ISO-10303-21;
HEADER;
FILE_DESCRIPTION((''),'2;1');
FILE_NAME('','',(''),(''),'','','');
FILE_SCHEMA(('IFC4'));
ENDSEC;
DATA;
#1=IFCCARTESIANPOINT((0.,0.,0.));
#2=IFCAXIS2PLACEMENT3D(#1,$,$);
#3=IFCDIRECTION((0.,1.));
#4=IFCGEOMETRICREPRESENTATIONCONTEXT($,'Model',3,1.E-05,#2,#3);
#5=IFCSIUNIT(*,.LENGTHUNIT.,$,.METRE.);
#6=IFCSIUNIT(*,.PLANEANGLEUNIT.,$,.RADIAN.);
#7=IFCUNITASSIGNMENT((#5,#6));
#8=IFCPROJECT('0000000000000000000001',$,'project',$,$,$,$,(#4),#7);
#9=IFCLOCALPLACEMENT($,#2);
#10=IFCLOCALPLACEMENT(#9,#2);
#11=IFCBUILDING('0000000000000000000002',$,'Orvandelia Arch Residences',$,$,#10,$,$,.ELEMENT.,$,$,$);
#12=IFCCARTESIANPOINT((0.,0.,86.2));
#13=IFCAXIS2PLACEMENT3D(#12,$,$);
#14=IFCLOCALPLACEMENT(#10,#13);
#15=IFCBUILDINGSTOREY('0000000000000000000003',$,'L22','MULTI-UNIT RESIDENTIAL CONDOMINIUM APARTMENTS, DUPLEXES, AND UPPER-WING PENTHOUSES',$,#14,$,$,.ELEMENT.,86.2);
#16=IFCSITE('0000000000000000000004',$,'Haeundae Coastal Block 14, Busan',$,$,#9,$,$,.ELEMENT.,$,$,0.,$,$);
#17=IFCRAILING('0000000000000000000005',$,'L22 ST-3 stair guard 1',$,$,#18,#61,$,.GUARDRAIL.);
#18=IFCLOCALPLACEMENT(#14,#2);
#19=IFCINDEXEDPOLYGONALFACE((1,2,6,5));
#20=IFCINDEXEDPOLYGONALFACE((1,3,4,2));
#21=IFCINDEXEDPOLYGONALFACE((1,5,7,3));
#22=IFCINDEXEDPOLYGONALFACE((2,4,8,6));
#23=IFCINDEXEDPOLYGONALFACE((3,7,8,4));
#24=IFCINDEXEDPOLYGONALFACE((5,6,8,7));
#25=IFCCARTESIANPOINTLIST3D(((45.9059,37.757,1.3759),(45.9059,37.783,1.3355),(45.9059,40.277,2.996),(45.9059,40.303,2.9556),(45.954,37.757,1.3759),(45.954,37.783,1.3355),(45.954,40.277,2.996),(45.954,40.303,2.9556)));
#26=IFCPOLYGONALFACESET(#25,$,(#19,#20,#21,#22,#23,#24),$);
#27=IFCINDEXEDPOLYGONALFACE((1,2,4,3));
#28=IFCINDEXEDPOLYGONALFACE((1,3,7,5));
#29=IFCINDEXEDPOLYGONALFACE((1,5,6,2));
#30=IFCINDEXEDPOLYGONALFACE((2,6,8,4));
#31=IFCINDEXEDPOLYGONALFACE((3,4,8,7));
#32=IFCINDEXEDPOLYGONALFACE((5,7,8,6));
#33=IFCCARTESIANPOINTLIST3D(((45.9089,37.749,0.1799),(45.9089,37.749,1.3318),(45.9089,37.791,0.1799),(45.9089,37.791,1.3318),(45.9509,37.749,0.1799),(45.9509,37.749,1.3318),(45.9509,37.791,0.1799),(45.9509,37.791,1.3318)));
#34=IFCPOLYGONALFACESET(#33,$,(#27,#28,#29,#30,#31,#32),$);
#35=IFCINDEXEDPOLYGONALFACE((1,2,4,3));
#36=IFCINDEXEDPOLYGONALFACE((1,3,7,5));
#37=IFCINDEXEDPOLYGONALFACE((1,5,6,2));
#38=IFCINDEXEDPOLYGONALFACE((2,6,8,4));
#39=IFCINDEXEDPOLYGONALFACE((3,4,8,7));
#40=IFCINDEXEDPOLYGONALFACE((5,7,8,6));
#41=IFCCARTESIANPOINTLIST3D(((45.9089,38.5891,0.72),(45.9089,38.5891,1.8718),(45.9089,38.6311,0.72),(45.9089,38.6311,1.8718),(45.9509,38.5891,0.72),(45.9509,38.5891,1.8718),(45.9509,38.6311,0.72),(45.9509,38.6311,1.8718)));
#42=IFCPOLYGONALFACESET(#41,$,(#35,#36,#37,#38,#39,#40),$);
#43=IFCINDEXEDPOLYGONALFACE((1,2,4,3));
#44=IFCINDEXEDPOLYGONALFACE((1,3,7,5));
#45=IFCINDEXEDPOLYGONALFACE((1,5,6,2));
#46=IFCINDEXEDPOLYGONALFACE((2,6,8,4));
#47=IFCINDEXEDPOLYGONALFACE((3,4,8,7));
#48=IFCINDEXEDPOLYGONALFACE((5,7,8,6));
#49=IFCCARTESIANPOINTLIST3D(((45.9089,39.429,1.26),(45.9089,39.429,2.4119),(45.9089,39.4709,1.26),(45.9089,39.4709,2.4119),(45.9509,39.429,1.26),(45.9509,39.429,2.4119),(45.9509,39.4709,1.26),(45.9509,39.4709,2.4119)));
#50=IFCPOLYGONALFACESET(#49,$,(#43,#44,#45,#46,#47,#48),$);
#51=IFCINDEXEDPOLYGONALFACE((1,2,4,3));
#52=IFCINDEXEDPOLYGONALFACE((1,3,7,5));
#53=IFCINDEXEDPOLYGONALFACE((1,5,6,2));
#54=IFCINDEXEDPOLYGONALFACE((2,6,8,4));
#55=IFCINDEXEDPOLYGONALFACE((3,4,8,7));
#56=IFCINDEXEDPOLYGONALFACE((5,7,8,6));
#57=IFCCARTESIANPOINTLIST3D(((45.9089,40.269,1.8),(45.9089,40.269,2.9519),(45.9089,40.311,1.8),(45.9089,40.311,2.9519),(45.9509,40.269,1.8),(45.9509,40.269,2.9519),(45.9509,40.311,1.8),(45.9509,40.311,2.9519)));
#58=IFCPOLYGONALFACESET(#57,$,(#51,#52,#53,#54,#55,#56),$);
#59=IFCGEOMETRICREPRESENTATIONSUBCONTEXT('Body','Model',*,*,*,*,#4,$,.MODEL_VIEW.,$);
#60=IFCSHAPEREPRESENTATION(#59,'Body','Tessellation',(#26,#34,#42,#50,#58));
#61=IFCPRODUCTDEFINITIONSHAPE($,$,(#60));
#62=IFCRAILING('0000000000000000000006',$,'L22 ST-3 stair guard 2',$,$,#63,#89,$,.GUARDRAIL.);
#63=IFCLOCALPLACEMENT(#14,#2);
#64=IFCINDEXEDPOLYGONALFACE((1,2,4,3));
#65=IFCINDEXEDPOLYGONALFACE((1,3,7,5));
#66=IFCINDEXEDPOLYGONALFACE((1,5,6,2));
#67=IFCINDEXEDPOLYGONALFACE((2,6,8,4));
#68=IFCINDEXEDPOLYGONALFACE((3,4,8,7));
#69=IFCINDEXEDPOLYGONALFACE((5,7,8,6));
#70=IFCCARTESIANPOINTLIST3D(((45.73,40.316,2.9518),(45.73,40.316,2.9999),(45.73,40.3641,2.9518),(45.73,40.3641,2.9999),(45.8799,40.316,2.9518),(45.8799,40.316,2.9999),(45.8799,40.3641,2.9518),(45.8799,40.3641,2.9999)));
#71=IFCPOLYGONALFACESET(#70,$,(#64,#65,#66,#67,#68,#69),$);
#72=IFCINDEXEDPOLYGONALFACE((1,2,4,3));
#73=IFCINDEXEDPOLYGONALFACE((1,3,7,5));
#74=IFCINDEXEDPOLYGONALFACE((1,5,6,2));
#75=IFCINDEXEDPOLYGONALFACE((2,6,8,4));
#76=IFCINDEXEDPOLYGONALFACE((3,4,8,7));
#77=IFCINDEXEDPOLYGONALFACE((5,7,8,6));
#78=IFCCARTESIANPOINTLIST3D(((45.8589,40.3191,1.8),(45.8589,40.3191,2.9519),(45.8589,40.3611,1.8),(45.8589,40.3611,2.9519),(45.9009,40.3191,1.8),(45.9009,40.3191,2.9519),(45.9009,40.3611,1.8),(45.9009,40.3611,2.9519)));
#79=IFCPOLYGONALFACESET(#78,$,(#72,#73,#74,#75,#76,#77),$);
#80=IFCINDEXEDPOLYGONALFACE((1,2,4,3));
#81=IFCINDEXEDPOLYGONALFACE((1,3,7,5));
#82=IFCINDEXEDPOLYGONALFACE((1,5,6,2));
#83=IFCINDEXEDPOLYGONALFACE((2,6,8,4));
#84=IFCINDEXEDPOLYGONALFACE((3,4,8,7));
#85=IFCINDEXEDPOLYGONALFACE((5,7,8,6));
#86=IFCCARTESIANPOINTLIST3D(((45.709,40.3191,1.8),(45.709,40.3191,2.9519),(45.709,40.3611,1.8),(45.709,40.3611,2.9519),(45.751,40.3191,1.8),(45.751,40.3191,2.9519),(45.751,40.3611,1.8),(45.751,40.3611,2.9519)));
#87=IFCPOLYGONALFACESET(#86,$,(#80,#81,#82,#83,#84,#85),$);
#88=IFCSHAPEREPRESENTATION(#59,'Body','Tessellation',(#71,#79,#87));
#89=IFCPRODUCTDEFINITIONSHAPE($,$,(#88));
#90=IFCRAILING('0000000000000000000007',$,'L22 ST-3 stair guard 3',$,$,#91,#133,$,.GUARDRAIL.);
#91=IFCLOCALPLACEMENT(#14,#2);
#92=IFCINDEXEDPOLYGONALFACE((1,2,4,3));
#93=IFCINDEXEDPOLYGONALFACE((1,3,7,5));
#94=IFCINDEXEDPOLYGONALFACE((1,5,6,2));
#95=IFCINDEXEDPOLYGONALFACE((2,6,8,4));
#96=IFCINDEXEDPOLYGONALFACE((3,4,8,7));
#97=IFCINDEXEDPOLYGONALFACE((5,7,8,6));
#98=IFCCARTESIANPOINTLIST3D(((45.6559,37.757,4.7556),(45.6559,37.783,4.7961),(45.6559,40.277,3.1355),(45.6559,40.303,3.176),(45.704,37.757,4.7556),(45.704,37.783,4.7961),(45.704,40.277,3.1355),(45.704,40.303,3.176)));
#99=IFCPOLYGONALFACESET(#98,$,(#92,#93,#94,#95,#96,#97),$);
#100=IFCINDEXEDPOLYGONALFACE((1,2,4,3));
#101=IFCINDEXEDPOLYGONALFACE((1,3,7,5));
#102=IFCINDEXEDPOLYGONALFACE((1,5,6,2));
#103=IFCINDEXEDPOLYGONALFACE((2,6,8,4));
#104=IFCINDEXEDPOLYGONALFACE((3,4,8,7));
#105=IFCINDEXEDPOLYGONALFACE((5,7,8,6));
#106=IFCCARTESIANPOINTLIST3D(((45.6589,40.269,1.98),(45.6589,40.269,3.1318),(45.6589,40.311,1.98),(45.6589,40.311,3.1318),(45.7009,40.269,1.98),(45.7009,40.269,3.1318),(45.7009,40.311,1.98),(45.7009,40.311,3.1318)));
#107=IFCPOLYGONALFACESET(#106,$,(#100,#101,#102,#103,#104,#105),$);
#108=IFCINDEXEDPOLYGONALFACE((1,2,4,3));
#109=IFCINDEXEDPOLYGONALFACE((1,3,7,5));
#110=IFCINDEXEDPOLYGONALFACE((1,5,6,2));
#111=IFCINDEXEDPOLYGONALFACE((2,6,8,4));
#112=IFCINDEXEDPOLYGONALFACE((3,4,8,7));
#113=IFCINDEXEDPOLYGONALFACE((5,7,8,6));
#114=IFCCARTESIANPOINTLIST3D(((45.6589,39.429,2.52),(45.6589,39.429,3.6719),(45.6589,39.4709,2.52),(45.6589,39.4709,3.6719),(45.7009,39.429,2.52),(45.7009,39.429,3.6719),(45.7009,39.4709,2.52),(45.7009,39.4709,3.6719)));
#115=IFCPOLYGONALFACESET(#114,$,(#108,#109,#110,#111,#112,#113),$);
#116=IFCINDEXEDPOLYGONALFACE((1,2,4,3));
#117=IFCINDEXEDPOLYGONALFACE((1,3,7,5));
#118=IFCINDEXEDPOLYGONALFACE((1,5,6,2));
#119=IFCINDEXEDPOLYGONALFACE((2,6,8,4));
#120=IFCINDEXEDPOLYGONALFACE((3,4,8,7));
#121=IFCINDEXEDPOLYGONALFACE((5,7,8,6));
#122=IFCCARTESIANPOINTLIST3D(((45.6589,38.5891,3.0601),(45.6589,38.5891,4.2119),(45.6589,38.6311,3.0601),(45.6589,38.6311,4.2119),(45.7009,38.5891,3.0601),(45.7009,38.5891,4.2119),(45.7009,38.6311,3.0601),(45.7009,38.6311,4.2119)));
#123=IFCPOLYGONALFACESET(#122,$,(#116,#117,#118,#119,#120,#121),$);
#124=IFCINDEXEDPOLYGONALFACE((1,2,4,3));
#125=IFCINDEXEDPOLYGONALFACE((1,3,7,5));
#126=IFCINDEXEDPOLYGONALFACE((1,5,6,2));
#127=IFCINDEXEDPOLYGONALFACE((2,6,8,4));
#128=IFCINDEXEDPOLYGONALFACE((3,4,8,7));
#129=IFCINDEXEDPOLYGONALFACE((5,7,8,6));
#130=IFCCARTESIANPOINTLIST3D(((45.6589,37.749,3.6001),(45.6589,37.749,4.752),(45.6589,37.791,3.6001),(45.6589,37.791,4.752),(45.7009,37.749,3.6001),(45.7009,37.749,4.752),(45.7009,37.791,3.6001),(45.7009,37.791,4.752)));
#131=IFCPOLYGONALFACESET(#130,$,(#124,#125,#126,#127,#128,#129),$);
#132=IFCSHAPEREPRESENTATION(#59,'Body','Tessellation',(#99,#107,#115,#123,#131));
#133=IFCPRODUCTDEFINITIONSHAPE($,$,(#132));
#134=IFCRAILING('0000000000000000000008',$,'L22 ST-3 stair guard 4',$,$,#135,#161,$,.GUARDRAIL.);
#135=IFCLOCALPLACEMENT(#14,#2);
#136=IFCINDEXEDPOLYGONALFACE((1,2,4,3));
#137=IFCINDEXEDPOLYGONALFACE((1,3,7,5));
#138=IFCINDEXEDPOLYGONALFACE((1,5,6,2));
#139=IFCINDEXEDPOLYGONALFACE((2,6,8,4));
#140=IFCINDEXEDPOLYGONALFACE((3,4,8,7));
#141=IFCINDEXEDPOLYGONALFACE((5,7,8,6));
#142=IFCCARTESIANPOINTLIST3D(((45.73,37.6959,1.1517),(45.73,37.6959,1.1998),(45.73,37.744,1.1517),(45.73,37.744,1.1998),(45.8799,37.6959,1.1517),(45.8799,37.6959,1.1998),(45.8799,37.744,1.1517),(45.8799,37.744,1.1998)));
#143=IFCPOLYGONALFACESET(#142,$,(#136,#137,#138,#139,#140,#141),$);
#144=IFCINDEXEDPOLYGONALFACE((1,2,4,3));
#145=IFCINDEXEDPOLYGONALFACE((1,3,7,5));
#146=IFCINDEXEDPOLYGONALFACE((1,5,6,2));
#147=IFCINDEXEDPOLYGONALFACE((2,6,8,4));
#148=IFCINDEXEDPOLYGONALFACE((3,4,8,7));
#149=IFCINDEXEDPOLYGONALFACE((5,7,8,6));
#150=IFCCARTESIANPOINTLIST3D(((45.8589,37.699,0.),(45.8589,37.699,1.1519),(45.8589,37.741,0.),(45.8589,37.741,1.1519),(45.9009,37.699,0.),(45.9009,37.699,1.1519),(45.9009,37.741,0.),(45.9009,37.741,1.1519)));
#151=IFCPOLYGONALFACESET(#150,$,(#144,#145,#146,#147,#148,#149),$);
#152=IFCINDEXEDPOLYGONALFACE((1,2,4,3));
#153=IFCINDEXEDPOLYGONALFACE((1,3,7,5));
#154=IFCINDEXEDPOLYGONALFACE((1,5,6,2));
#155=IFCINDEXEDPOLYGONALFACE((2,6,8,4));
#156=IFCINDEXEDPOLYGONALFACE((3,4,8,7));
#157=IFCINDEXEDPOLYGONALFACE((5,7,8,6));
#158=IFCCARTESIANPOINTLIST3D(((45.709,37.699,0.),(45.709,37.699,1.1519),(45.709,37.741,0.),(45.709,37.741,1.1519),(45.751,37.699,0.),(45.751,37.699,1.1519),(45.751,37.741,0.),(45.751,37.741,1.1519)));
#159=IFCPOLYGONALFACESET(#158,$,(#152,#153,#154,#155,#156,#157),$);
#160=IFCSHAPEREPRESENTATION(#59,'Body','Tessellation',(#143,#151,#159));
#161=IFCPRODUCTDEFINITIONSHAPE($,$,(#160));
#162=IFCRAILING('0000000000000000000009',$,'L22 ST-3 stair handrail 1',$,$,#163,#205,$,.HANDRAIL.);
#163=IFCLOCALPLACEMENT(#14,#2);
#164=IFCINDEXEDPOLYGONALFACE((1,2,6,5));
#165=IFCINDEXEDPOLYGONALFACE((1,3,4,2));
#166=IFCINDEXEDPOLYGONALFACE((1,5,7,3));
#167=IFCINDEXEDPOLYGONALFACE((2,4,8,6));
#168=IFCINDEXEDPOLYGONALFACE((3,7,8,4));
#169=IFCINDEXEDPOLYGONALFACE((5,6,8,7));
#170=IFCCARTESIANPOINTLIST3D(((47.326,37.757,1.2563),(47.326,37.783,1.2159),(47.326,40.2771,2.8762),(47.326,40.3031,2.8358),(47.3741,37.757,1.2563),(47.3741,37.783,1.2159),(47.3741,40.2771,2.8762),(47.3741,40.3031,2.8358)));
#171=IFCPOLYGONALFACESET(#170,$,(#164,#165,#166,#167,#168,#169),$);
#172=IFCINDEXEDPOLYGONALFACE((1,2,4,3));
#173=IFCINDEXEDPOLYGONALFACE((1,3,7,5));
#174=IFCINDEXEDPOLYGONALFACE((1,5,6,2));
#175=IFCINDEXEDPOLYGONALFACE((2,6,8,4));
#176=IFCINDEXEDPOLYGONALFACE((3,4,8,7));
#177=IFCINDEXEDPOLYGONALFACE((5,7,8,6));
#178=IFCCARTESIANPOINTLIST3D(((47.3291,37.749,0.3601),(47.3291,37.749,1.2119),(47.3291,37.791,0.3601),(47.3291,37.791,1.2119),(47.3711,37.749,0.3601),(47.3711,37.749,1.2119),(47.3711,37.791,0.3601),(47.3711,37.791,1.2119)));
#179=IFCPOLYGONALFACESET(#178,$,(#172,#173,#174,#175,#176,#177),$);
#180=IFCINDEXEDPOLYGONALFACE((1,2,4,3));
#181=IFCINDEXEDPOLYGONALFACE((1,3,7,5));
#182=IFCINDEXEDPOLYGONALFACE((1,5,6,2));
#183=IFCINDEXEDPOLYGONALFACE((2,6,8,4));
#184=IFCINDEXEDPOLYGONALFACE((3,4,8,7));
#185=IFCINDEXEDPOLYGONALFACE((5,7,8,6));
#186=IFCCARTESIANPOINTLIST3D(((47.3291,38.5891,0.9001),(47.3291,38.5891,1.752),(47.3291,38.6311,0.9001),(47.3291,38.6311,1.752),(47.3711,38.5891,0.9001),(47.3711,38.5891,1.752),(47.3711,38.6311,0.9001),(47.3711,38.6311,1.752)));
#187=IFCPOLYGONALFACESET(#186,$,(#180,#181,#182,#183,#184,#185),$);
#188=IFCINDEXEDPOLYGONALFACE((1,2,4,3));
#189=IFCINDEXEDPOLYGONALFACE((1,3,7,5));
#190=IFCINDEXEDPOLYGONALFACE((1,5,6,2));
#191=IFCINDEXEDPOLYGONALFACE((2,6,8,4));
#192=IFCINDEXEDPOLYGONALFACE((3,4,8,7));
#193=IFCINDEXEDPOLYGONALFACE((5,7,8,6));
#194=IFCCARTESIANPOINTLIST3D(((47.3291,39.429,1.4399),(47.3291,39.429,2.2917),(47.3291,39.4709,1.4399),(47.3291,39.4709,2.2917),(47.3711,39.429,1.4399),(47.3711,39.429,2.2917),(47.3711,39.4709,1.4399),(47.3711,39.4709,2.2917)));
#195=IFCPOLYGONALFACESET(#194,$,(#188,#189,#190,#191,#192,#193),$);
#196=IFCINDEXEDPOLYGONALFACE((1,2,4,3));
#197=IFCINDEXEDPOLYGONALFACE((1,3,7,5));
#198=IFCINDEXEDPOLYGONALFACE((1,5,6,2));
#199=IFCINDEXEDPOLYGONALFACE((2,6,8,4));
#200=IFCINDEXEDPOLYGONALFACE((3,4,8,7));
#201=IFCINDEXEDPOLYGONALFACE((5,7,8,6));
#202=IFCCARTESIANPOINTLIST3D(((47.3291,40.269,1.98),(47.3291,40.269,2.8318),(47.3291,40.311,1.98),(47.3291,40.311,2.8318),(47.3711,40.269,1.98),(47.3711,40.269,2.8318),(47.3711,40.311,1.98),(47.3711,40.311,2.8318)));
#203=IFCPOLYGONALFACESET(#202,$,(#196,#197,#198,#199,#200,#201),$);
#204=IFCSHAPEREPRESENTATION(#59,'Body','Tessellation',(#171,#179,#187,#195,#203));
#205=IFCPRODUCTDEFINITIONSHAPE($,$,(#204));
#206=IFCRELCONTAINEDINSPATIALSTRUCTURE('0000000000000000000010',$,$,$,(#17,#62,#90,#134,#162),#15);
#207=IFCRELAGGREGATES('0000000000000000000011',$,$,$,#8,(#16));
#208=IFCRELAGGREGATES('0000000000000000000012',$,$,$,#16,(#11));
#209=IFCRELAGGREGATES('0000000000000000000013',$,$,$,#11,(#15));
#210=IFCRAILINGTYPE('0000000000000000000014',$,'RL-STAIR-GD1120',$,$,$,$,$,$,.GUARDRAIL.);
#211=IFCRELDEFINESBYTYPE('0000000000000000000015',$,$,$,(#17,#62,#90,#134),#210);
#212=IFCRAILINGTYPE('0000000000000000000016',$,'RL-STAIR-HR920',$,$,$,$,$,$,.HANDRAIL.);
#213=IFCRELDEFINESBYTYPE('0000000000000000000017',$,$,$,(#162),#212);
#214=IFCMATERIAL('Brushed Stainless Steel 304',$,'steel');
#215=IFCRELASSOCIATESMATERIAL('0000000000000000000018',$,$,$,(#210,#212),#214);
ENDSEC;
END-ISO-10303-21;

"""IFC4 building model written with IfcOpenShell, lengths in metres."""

from ifc_helpers import new_model, si_unit, direction, frame, origin, origin_2d, place, context, subcontext, project, spatial, rectangle, extrude, material, type_object, element, save


model = new_model("IFC4")

# Units and contexts
model_context = context("Model", 3, precision=1e-05, world=origin(), true_north=direction((0.0, 1.0)))
body_context = subcontext(model_context, "Body", "Model", "MODEL_VIEW")
ifc_project = project(units=[si_unit("LENGTHUNIT", "METRE"), si_unit("PLANEANGLEUNIT", "RADIAN")], contexts=[model_context])

# Site, building, storey
site_placement = place(None, origin())
site = spatial("IfcSite", under=ifc_project, at=site_placement, Name="Haeundae Coastal Block 14, Busan", CompositionType="ELEMENT", RefElevation=0.0)
building_placement = place(site_placement, origin())
building = spatial("IfcBuilding", under=site, at=building_placement, Name="Orvandelia Arch Residences", CompositionType="ELEMENT")
storey_placement = place(building_placement, frame((0.0, 0.0, 86.2)))
storey = spatial("IfcBuildingStorey", under=building, at=storey_placement, Name="L22", Description="MULTI-UNIT RESIDENTIAL CONDOMINIUM APARTMENTS, DUPLEXES, AND UPPER-WING PENTHOUSES", CompositionType="ELEMENT", Elevation=86.2)

# Railings
ifc_material_1 = material(Name="Brushed Stainless Steel 304", Category="steel")
railing_type_1 = type_object("IfcRailingType", Name="RL-STAIR-GD1120", PredefinedType="GUARDRAIL", material=ifc_material_1)
railing_1_placement = place(storey_placement, frame((45.9299, 37.77, 0.1799)))
element("IfcRailing", 1, at=railing_1_placement, inside=storey, type_object=railing_type_1, Name="L22 ST-3 stair guard 1", PredefinedType="GUARDRAIL", context=body_context, shape_type="SweptSolid", body=[
    extrude(rectangle(XDim=0.0481, YDim=0.0481, at=origin_2d()), frame((0.0, 0.0, 1.1758), z_axis=(0.0, 0.841163, 0.540782), x_axis=(-1.0, 0.0, 0.0)), (0.0, 0.0, 1.0), 2.9958),
    extrude(rectangle(XDim=0.042, YDim=0.042, at=origin_2d()), origin(), (0.0, 0.0, 1.0), 1.1519),
    extrude(rectangle(XDim=0.042, YDim=0.042, at=origin_2d()), frame((0.0, 0.8401, 0.54)), (0.0, 0.0, 1.0), 1.1519),
    extrude(rectangle(XDim=0.042, YDim=0.042, at=origin_2d()), frame((0.0, 1.6799, 1.0801)), (0.0, 0.0, 1.0), 1.1519),
    extrude(rectangle(XDim=0.042, YDim=0.042, at=origin_2d()), frame((0.0, 2.52, 1.6201)), (0.0, 0.0, 1.0), 1.1519),
])
railing_2_placement = place(storey_placement, frame((45.8799, 40.3401, 1.8)))
element("IfcRailing", 2, at=railing_2_placement, inside=storey, type_object=railing_type_1, Name="L22 ST-3 stair guard 2", PredefinedType="GUARDRAIL", context=body_context, shape_type="SweptSolid", body=[
    extrude(rectangle(XDim=0.0481, YDim=0.0481, at=origin_2d()), frame((0.0, 0.0, 1.1758), z_axis=(-1.0, 0.0, 0.0), x_axis=(0.0, -1.0, 0.0)), (0.0, 0.0, 1.0), 0.1499),
    extrude(rectangle(XDim=0.042, YDim=0.042, at=origin_2d()), origin(), (0.0, 0.0, 1.0), 1.1519),
    extrude(rectangle(XDim=0.042, YDim=0.042, at=origin_2d()), frame((-0.1499, 0.0, 0.0)), (0.0, 0.0, 1.0), 1.1519),
])
railing_3_placement = place(storey_placement, frame((45.6799, 40.29, 1.98)))
element("IfcRailing", 3, at=railing_3_placement, inside=storey, type_object=railing_type_1, Name="L22 ST-3 stair guard 3", PredefinedType="GUARDRAIL", context=body_context, shape_type="SweptSolid", body=[
    extrude(rectangle(XDim=0.0481, YDim=0.0481, at=origin_2d()), frame((0.0, 0.0, 1.1758), z_axis=(0.0, -0.841163, 0.540782), x_axis=(1.0, 0.0, 0.0)), (0.0, 0.0, 1.0), 2.9958),
    extrude(rectangle(XDim=0.042, YDim=0.042, at=origin_2d()), origin(), (0.0, 0.0, 1.0), 1.1519),
    extrude(rectangle(XDim=0.042, YDim=0.042, at=origin_2d()), frame((0.0, -0.8401, 0.54)), (0.0, 0.0, 1.0), 1.1519),
    extrude(rectangle(XDim=0.042, YDim=0.042, at=origin_2d()), frame((0.0, -1.6799, 1.0801)), (0.0, 0.0, 1.0), 1.1519),
    extrude(rectangle(XDim=0.042, YDim=0.042, at=origin_2d()), frame((0.0, -2.52, 1.6201)), (0.0, 0.0, 1.0), 1.1519),
])
railing_4_placement = place(storey_placement, frame((45.8799, 37.72, 0.0)))
element("IfcRailing", 4, at=railing_4_placement, inside=storey, type_object=railing_type_1, Name="L22 ST-3 stair guard 4", PredefinedType="GUARDRAIL", context=body_context, shape_type="SweptSolid", body=[
    extrude(rectangle(XDim=0.0481, YDim=0.0481, at=origin_2d()), frame((0.0, 0.0, 1.1758), z_axis=(-1.0, 0.0, 0.0), x_axis=(0.0, -1.0, 0.0)), (0.0, 0.0, 1.0), 0.1499),
    extrude(rectangle(XDim=0.042, YDim=0.042, at=origin_2d()), origin(), (0.0, 0.0, 1.0), 1.1519),
    extrude(rectangle(XDim=0.042, YDim=0.042, at=origin_2d()), frame((-0.1499, 0.0, 0.0)), (0.0, 0.0, 1.0), 1.1519),
])
railing_type_2 = type_object("IfcRailingType", Name="RL-STAIR-HR920", PredefinedType="HANDRAIL", material=ifc_material_1)
railing_5_placement = place(storey_placement, frame((47.3501, 37.77, 0.3601)))
element("IfcRailing", 5, at=railing_5_placement, inside=storey, type_object=railing_type_2, Name="L22 ST-3 stair handrail 1", PredefinedType="HANDRAIL", context=body_context, shape_type="SweptSolid", body=[
    extrude(rectangle(XDim=0.0481, YDim=0.0481, at=origin_2d()), frame((0.0, 0.0, 0.876), z_axis=(0.0, 0.8412, 0.540725), x_axis=(-1.0, 0.0, 0.0)), (0.0, 0.0, 1.0), 2.9958),
    extrude(rectangle(XDim=0.042, YDim=0.042, at=origin_2d()), origin(), (0.0, 0.0, 1.0), 0.8518),
    extrude(rectangle(XDim=0.042, YDim=0.042, at=origin_2d()), frame((0.0, 0.8401, 0.54)), (0.0, 0.0, 1.0), 0.8518),
    extrude(rectangle(XDim=0.042, YDim=0.042, at=origin_2d()), frame((0.0, 1.6799, 1.0798)), (0.0, 0.0, 1.0), 0.8518),
    extrude(rectangle(XDim=0.042, YDim=0.042, at=origin_2d()), frame((0.0, 2.52, 1.6199)), (0.0, 0.0, 1.0), 0.8518),
])

save(model, "model.ifc")
